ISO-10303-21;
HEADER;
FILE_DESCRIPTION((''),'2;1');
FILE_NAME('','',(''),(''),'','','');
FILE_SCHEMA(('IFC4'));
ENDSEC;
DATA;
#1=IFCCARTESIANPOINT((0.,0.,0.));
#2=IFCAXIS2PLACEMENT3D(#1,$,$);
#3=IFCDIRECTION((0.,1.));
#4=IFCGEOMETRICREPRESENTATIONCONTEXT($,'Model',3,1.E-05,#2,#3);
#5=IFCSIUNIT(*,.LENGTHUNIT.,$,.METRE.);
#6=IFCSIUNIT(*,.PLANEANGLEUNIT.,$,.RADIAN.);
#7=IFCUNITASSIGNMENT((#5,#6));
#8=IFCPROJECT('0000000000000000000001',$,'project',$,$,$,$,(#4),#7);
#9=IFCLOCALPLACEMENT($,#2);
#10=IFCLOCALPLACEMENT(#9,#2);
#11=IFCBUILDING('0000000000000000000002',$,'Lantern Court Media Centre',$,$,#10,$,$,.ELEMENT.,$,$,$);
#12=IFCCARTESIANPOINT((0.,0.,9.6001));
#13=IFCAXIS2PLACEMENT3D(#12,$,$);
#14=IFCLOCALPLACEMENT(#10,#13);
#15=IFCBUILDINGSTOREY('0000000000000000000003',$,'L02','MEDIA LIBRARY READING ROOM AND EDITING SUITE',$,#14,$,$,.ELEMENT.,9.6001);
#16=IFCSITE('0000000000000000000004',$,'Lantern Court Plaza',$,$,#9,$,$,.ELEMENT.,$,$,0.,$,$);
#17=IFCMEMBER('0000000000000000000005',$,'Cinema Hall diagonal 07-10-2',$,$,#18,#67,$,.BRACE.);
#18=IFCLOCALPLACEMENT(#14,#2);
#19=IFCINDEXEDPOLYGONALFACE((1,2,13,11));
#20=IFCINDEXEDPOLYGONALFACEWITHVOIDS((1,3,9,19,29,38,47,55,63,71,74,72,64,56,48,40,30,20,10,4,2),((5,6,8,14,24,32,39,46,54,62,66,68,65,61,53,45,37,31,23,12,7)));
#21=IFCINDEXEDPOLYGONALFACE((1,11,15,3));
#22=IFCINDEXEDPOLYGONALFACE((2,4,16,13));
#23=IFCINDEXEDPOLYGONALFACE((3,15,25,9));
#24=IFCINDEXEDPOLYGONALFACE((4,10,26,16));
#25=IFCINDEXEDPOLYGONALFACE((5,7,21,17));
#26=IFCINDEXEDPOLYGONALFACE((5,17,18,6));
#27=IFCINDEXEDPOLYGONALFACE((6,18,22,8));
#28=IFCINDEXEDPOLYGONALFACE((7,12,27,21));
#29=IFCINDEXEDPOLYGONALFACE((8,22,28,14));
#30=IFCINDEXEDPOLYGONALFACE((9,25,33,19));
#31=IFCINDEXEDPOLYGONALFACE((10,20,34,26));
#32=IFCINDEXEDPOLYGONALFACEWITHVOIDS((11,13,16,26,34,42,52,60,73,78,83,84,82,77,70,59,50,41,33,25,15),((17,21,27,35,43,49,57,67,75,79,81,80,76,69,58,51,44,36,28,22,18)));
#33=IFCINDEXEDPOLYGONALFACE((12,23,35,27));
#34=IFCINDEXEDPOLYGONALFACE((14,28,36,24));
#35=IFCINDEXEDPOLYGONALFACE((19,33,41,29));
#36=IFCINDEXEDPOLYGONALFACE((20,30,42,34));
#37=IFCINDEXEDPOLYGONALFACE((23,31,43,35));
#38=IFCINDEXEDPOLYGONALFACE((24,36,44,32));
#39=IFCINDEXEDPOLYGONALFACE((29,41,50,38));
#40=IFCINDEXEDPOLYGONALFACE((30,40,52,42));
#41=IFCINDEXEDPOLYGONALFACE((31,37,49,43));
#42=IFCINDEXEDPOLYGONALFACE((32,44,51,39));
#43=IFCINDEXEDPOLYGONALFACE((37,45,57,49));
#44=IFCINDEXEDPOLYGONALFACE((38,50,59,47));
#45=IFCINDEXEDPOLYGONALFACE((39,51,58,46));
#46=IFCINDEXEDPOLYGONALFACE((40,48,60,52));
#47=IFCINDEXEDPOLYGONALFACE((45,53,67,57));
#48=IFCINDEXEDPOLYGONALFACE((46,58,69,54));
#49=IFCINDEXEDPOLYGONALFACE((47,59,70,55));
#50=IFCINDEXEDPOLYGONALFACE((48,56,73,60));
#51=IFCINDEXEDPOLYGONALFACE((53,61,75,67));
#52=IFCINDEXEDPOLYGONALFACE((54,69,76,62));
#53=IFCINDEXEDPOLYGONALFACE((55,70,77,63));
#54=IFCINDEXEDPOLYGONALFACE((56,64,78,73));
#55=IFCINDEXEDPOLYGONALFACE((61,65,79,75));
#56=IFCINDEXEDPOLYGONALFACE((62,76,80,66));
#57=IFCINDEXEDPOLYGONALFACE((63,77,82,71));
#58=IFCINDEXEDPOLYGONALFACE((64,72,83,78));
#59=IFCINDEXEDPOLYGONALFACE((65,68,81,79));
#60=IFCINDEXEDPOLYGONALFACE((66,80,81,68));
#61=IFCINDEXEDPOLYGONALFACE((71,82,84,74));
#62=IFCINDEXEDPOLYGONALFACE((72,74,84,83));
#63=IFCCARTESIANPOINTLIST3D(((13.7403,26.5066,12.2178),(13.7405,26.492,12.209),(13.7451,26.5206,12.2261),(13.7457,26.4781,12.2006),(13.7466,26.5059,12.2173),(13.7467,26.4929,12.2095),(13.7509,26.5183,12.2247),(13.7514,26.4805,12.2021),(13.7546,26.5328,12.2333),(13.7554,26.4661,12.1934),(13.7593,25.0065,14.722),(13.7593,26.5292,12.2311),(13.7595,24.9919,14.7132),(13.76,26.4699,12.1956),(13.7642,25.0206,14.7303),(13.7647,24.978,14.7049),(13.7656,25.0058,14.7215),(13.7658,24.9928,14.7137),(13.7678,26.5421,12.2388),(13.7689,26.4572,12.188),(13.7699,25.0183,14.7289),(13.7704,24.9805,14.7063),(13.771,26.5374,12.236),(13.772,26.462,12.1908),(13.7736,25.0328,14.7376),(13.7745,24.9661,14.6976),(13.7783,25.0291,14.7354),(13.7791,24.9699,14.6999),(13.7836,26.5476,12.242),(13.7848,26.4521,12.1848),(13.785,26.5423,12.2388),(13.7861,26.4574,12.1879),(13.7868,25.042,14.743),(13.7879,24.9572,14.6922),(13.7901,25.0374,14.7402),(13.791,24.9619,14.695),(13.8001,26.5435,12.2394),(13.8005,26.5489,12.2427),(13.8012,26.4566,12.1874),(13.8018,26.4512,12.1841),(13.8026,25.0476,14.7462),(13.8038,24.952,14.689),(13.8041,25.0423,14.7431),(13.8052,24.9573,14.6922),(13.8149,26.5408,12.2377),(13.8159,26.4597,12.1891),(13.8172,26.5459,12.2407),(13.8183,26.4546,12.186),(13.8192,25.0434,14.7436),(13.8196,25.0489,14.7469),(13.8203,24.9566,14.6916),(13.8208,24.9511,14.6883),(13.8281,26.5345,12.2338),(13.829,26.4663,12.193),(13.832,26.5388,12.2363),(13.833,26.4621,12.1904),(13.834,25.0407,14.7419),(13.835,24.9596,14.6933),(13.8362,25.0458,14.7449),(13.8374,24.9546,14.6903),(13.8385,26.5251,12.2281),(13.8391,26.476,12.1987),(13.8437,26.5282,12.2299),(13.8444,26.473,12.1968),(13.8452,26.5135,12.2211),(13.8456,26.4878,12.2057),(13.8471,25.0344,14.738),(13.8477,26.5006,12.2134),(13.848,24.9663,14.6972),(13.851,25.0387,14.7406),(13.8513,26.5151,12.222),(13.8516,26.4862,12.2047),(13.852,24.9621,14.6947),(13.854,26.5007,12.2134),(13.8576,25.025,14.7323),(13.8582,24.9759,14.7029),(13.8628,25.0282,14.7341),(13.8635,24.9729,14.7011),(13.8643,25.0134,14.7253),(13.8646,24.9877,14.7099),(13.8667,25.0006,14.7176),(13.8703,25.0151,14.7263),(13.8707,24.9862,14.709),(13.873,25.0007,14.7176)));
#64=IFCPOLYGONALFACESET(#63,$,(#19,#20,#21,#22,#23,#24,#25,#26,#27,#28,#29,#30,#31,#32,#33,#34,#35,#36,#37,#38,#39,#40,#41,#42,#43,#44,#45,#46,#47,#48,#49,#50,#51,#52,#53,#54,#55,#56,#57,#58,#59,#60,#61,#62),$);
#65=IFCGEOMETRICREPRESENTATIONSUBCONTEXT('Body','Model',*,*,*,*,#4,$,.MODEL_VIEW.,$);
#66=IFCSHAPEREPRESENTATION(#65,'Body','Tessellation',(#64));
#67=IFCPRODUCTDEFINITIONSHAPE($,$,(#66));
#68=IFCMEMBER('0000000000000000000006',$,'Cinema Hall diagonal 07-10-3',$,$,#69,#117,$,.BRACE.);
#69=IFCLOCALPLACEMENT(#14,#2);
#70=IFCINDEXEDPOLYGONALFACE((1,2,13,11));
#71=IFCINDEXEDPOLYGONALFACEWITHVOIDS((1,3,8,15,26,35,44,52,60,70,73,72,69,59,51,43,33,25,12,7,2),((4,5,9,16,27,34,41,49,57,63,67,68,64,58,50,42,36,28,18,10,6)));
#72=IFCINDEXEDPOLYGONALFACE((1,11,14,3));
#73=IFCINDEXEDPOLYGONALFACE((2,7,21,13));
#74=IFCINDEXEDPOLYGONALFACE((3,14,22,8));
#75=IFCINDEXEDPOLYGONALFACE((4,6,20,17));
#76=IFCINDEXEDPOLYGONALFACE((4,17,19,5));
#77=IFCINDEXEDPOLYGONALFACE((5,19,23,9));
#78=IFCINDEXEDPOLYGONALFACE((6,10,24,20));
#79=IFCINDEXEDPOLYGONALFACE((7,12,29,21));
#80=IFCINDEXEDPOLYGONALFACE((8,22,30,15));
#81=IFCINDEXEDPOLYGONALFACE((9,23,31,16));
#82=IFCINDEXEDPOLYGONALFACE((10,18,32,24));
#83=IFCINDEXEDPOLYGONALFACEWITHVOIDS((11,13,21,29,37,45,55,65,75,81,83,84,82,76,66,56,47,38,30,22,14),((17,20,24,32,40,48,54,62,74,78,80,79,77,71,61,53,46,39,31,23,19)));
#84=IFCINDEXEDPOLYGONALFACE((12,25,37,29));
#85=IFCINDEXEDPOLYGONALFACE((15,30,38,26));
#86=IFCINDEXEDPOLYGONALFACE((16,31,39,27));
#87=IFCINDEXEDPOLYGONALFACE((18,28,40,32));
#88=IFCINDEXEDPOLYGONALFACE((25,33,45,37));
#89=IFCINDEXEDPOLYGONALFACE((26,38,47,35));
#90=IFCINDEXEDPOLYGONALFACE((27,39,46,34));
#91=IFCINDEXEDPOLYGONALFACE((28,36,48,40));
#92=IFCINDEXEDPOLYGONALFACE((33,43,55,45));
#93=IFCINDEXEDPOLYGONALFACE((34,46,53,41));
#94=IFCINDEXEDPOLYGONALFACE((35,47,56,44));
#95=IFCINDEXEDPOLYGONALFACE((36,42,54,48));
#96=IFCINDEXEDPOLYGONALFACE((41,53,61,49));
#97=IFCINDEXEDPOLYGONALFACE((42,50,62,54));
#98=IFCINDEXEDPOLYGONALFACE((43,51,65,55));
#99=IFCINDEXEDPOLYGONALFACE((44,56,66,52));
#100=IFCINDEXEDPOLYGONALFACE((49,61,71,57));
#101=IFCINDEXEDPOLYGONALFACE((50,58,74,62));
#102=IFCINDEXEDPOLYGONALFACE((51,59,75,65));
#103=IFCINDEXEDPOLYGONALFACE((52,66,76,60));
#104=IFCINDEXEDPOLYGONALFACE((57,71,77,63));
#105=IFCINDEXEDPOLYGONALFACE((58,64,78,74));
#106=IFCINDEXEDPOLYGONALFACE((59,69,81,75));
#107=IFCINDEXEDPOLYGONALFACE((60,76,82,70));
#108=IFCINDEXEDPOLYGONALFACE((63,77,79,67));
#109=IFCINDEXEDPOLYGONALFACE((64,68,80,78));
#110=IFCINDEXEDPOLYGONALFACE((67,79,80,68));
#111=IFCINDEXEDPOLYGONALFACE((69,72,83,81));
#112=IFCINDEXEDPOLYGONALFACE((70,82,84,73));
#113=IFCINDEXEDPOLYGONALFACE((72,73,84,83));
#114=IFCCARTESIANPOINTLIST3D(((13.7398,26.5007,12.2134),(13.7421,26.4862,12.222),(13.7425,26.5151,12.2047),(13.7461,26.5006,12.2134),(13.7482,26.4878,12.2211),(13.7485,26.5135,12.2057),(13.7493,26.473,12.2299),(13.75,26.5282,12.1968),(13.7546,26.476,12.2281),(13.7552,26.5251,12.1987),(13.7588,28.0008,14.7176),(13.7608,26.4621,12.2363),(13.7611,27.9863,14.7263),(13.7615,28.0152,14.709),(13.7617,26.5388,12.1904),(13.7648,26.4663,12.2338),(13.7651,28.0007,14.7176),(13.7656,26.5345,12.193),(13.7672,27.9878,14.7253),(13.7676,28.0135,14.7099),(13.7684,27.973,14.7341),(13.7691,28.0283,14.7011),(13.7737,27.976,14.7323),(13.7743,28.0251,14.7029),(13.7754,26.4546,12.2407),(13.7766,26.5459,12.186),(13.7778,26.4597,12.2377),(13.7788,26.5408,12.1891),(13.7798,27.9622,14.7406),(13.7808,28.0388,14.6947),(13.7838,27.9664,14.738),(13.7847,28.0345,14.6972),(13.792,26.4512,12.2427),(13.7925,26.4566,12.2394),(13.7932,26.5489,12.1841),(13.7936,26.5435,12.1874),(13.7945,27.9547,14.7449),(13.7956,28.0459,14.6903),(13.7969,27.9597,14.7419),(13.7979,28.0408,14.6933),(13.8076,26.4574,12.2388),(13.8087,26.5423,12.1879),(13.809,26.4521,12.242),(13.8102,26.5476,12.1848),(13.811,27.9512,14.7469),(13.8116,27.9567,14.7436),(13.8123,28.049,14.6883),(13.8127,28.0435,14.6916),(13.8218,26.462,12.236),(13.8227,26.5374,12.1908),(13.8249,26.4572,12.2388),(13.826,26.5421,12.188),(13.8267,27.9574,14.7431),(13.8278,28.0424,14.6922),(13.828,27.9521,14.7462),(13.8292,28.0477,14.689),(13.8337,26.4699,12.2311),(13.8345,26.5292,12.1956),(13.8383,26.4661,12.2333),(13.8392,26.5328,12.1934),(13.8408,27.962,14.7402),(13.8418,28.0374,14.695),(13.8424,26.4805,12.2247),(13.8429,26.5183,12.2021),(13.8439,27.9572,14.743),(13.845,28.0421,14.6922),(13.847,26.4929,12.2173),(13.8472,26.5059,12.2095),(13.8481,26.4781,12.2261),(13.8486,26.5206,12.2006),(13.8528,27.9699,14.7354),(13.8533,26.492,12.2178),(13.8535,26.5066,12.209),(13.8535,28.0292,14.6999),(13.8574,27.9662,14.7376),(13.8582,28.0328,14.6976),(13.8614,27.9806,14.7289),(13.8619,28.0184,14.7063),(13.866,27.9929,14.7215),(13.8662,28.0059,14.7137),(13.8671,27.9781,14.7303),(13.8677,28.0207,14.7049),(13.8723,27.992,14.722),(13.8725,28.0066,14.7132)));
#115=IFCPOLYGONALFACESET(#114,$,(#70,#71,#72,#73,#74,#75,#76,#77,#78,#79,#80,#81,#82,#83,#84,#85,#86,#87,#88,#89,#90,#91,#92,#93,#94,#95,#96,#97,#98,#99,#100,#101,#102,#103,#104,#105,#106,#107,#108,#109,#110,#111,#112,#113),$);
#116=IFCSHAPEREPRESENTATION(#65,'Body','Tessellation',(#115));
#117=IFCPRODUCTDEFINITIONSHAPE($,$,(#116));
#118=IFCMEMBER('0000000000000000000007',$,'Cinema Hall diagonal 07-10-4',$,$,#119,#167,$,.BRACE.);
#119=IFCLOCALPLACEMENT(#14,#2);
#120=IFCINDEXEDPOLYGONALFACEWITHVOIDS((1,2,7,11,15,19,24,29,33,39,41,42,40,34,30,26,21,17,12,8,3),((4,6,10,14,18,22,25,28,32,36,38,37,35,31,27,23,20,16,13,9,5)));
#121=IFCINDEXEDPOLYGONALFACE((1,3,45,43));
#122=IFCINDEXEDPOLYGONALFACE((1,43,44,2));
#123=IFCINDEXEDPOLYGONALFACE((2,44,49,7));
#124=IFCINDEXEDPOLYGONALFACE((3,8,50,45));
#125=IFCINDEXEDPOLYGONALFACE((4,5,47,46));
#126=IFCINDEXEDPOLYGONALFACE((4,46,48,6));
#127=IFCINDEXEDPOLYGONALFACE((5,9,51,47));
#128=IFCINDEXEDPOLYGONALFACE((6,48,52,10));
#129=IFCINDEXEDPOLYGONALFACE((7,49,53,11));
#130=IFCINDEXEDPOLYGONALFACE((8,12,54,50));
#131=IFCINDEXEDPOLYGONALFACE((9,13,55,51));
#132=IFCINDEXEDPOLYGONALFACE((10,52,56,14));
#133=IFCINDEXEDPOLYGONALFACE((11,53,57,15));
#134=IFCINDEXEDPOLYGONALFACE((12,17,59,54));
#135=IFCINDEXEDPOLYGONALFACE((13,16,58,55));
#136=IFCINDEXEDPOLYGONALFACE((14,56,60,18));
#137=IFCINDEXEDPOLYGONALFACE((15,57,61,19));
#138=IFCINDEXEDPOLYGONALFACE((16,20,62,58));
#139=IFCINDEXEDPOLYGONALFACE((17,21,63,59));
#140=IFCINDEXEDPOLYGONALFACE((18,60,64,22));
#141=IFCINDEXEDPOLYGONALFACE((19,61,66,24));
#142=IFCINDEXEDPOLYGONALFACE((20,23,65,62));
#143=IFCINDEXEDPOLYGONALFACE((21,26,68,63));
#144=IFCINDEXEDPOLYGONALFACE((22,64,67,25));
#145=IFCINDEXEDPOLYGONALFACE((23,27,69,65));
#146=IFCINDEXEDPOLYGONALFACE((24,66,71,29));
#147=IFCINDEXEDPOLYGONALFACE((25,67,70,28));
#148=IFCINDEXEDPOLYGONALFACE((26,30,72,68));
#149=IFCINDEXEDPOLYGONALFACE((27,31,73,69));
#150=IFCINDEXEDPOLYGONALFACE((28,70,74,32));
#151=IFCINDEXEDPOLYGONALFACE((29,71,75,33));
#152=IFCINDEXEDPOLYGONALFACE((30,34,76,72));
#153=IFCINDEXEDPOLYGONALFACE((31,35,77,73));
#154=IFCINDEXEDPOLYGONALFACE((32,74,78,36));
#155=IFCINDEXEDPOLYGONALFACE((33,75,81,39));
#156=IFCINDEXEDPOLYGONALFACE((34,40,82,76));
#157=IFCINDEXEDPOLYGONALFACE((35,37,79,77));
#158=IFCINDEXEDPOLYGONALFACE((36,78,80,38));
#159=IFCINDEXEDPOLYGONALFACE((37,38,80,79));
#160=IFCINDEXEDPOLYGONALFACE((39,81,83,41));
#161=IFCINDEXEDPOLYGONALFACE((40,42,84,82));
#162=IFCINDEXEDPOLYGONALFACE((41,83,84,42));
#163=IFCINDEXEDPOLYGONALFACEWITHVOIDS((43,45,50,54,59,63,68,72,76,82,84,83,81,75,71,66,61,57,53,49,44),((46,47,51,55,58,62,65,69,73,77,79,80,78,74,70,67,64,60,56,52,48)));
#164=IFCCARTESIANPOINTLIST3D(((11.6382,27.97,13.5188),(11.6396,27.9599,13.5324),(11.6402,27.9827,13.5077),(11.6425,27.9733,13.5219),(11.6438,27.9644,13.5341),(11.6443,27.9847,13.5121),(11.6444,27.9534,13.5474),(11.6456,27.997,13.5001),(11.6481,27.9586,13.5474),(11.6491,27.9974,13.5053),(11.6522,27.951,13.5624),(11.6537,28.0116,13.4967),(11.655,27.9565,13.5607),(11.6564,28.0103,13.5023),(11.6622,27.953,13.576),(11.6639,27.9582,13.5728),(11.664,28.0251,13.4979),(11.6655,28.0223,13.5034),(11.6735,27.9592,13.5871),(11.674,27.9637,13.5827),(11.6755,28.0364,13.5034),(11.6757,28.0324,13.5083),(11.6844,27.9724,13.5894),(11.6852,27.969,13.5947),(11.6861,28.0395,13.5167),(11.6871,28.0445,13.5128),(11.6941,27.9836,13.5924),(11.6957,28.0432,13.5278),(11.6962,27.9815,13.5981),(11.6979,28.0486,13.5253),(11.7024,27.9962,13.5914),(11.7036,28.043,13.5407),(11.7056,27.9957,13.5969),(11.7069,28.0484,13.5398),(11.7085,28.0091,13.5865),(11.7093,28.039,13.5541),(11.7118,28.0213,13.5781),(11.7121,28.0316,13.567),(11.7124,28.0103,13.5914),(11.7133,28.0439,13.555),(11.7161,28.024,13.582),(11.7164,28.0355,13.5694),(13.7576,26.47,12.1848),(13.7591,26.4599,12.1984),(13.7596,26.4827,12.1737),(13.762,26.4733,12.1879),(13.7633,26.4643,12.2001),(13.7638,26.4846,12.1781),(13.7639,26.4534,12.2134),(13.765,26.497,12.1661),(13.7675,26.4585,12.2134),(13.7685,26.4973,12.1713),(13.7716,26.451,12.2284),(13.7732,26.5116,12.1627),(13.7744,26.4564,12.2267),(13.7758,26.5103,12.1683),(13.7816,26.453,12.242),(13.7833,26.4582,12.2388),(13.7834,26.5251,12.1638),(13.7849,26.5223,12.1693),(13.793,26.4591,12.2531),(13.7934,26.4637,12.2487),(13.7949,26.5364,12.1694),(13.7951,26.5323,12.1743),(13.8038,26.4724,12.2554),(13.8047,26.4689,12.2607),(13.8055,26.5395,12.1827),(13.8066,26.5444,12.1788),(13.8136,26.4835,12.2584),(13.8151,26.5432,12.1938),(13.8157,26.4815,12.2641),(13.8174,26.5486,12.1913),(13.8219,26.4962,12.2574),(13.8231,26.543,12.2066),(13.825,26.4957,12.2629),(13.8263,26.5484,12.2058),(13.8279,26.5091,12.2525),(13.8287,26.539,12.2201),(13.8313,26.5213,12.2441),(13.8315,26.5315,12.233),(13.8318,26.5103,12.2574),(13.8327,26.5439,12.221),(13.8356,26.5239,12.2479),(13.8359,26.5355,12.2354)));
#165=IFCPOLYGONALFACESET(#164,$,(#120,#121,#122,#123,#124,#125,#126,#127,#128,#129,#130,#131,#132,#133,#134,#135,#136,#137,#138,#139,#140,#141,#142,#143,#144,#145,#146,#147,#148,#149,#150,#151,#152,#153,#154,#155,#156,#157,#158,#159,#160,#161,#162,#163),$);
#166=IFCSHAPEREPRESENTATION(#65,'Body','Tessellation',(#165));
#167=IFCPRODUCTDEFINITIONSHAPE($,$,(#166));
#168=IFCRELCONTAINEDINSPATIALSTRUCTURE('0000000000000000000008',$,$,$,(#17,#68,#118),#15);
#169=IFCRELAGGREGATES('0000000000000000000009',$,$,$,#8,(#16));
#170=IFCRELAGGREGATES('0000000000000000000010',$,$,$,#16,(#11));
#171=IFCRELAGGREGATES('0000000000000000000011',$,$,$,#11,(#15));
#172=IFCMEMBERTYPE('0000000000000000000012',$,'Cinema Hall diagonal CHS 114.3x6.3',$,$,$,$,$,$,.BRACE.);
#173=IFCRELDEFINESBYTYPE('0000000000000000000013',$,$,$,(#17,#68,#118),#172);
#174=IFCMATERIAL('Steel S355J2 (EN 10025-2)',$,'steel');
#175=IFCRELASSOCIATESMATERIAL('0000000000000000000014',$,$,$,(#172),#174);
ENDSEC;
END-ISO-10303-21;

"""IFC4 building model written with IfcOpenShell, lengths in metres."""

from ifc_helpers import new_model, si_unit, direction, frame, origin, origin_2d, place, context, subcontext, project, spatial, hollow_circle, extrude, material, material_profile, profile_set, type_object, element, save


model = new_model("IFC4")

# Units and contexts
model_context = context("Model", 3, precision=1e-05, world=origin(), true_north=direction((0.0, 1.0)))
body_context = subcontext(model_context, "Body", "Model", "MODEL_VIEW")
ifc_project = project(units=[si_unit("LENGTHUNIT", "METRE"), si_unit("PLANEANGLEUNIT", "RADIAN")], contexts=[model_context])

# Site, building, storey
site_placement = place(None, origin())
site = spatial("IfcSite", under=ifc_project, at=site_placement, Name="Lantern Court Plaza", CompositionType="ELEMENT", RefElevation=0.0)
building_placement = place(site_placement, origin())
building = spatial("IfcBuilding", under=site, at=building_placement, Name="Lantern Court Media Centre", CompositionType="ELEMENT")
storey_placement = place(building_placement, frame((0.0, 0.0, 9.6001)))
storey = spatial("IfcBuildingStorey", under=building, at=storey_placement, Name="L02", Description="MEDIA LIBRARY READING ROOM AND EDITING SUITE", CompositionType="ELEMENT", Elevation=9.6001)

# Members
ifc_material = material(Name="Steel S355J2 (EN 10025-2)", Category="steel")
ifc_material_profile_1 = material_profile(ifc_material, hollow_circle(Radius=0.0571, WallThickness=0.0063, at=origin_2d()), Name="Cinema Hall diagonal CHS 114.3x6.3")
ifc_profile_set_1 = profile_set([ifc_material_profile_1], Name="Steel S355J2 (EN 10025-2)")
member_type_1 = type_object("IfcMemberType", Name="Cinema Hall diagonal CHS 114.3x6.3", PredefinedType="BRACE", material=ifc_profile_set_1)
for number, where, z_axis, x_axis, name in (
    (1, (13.7969, 26.5, 12.2134), (0.006524, -0.513857, 0.857851), (0.999919, 0.012694, 0.0), "Cinema Hall diagonal 07-10-2"),
    (2, (13.7969, 26.5, 12.2134), (0.006524, 0.513857, 0.857851), (-0.999919, 0.012694, 0.0), "Cinema Hall diagonal 07-10-3"),
    (3, (13.7969, 26.5, 12.2134), (-0.726034, 0.513852, 0.45698), (-0.577702, -0.816248, 0.0), "Cinema Hall diagonal 07-10-4"),
):
    element("IfcMember", number, at=place(storey_placement, frame(where, z_axis=z_axis, x_axis=x_axis)), inside=storey, type_object=member_type_1, Name=name, PredefinedType="BRACE", context=body_context, shape_type="SweptSolid", body=[
        extrude(hollow_circle(Radius=0.0571, WallThickness=0.0063, at=origin_2d()), origin(), (0.0, 0.0, 1.0), 2.9192),
    ])

save(model, "model.ifc")
